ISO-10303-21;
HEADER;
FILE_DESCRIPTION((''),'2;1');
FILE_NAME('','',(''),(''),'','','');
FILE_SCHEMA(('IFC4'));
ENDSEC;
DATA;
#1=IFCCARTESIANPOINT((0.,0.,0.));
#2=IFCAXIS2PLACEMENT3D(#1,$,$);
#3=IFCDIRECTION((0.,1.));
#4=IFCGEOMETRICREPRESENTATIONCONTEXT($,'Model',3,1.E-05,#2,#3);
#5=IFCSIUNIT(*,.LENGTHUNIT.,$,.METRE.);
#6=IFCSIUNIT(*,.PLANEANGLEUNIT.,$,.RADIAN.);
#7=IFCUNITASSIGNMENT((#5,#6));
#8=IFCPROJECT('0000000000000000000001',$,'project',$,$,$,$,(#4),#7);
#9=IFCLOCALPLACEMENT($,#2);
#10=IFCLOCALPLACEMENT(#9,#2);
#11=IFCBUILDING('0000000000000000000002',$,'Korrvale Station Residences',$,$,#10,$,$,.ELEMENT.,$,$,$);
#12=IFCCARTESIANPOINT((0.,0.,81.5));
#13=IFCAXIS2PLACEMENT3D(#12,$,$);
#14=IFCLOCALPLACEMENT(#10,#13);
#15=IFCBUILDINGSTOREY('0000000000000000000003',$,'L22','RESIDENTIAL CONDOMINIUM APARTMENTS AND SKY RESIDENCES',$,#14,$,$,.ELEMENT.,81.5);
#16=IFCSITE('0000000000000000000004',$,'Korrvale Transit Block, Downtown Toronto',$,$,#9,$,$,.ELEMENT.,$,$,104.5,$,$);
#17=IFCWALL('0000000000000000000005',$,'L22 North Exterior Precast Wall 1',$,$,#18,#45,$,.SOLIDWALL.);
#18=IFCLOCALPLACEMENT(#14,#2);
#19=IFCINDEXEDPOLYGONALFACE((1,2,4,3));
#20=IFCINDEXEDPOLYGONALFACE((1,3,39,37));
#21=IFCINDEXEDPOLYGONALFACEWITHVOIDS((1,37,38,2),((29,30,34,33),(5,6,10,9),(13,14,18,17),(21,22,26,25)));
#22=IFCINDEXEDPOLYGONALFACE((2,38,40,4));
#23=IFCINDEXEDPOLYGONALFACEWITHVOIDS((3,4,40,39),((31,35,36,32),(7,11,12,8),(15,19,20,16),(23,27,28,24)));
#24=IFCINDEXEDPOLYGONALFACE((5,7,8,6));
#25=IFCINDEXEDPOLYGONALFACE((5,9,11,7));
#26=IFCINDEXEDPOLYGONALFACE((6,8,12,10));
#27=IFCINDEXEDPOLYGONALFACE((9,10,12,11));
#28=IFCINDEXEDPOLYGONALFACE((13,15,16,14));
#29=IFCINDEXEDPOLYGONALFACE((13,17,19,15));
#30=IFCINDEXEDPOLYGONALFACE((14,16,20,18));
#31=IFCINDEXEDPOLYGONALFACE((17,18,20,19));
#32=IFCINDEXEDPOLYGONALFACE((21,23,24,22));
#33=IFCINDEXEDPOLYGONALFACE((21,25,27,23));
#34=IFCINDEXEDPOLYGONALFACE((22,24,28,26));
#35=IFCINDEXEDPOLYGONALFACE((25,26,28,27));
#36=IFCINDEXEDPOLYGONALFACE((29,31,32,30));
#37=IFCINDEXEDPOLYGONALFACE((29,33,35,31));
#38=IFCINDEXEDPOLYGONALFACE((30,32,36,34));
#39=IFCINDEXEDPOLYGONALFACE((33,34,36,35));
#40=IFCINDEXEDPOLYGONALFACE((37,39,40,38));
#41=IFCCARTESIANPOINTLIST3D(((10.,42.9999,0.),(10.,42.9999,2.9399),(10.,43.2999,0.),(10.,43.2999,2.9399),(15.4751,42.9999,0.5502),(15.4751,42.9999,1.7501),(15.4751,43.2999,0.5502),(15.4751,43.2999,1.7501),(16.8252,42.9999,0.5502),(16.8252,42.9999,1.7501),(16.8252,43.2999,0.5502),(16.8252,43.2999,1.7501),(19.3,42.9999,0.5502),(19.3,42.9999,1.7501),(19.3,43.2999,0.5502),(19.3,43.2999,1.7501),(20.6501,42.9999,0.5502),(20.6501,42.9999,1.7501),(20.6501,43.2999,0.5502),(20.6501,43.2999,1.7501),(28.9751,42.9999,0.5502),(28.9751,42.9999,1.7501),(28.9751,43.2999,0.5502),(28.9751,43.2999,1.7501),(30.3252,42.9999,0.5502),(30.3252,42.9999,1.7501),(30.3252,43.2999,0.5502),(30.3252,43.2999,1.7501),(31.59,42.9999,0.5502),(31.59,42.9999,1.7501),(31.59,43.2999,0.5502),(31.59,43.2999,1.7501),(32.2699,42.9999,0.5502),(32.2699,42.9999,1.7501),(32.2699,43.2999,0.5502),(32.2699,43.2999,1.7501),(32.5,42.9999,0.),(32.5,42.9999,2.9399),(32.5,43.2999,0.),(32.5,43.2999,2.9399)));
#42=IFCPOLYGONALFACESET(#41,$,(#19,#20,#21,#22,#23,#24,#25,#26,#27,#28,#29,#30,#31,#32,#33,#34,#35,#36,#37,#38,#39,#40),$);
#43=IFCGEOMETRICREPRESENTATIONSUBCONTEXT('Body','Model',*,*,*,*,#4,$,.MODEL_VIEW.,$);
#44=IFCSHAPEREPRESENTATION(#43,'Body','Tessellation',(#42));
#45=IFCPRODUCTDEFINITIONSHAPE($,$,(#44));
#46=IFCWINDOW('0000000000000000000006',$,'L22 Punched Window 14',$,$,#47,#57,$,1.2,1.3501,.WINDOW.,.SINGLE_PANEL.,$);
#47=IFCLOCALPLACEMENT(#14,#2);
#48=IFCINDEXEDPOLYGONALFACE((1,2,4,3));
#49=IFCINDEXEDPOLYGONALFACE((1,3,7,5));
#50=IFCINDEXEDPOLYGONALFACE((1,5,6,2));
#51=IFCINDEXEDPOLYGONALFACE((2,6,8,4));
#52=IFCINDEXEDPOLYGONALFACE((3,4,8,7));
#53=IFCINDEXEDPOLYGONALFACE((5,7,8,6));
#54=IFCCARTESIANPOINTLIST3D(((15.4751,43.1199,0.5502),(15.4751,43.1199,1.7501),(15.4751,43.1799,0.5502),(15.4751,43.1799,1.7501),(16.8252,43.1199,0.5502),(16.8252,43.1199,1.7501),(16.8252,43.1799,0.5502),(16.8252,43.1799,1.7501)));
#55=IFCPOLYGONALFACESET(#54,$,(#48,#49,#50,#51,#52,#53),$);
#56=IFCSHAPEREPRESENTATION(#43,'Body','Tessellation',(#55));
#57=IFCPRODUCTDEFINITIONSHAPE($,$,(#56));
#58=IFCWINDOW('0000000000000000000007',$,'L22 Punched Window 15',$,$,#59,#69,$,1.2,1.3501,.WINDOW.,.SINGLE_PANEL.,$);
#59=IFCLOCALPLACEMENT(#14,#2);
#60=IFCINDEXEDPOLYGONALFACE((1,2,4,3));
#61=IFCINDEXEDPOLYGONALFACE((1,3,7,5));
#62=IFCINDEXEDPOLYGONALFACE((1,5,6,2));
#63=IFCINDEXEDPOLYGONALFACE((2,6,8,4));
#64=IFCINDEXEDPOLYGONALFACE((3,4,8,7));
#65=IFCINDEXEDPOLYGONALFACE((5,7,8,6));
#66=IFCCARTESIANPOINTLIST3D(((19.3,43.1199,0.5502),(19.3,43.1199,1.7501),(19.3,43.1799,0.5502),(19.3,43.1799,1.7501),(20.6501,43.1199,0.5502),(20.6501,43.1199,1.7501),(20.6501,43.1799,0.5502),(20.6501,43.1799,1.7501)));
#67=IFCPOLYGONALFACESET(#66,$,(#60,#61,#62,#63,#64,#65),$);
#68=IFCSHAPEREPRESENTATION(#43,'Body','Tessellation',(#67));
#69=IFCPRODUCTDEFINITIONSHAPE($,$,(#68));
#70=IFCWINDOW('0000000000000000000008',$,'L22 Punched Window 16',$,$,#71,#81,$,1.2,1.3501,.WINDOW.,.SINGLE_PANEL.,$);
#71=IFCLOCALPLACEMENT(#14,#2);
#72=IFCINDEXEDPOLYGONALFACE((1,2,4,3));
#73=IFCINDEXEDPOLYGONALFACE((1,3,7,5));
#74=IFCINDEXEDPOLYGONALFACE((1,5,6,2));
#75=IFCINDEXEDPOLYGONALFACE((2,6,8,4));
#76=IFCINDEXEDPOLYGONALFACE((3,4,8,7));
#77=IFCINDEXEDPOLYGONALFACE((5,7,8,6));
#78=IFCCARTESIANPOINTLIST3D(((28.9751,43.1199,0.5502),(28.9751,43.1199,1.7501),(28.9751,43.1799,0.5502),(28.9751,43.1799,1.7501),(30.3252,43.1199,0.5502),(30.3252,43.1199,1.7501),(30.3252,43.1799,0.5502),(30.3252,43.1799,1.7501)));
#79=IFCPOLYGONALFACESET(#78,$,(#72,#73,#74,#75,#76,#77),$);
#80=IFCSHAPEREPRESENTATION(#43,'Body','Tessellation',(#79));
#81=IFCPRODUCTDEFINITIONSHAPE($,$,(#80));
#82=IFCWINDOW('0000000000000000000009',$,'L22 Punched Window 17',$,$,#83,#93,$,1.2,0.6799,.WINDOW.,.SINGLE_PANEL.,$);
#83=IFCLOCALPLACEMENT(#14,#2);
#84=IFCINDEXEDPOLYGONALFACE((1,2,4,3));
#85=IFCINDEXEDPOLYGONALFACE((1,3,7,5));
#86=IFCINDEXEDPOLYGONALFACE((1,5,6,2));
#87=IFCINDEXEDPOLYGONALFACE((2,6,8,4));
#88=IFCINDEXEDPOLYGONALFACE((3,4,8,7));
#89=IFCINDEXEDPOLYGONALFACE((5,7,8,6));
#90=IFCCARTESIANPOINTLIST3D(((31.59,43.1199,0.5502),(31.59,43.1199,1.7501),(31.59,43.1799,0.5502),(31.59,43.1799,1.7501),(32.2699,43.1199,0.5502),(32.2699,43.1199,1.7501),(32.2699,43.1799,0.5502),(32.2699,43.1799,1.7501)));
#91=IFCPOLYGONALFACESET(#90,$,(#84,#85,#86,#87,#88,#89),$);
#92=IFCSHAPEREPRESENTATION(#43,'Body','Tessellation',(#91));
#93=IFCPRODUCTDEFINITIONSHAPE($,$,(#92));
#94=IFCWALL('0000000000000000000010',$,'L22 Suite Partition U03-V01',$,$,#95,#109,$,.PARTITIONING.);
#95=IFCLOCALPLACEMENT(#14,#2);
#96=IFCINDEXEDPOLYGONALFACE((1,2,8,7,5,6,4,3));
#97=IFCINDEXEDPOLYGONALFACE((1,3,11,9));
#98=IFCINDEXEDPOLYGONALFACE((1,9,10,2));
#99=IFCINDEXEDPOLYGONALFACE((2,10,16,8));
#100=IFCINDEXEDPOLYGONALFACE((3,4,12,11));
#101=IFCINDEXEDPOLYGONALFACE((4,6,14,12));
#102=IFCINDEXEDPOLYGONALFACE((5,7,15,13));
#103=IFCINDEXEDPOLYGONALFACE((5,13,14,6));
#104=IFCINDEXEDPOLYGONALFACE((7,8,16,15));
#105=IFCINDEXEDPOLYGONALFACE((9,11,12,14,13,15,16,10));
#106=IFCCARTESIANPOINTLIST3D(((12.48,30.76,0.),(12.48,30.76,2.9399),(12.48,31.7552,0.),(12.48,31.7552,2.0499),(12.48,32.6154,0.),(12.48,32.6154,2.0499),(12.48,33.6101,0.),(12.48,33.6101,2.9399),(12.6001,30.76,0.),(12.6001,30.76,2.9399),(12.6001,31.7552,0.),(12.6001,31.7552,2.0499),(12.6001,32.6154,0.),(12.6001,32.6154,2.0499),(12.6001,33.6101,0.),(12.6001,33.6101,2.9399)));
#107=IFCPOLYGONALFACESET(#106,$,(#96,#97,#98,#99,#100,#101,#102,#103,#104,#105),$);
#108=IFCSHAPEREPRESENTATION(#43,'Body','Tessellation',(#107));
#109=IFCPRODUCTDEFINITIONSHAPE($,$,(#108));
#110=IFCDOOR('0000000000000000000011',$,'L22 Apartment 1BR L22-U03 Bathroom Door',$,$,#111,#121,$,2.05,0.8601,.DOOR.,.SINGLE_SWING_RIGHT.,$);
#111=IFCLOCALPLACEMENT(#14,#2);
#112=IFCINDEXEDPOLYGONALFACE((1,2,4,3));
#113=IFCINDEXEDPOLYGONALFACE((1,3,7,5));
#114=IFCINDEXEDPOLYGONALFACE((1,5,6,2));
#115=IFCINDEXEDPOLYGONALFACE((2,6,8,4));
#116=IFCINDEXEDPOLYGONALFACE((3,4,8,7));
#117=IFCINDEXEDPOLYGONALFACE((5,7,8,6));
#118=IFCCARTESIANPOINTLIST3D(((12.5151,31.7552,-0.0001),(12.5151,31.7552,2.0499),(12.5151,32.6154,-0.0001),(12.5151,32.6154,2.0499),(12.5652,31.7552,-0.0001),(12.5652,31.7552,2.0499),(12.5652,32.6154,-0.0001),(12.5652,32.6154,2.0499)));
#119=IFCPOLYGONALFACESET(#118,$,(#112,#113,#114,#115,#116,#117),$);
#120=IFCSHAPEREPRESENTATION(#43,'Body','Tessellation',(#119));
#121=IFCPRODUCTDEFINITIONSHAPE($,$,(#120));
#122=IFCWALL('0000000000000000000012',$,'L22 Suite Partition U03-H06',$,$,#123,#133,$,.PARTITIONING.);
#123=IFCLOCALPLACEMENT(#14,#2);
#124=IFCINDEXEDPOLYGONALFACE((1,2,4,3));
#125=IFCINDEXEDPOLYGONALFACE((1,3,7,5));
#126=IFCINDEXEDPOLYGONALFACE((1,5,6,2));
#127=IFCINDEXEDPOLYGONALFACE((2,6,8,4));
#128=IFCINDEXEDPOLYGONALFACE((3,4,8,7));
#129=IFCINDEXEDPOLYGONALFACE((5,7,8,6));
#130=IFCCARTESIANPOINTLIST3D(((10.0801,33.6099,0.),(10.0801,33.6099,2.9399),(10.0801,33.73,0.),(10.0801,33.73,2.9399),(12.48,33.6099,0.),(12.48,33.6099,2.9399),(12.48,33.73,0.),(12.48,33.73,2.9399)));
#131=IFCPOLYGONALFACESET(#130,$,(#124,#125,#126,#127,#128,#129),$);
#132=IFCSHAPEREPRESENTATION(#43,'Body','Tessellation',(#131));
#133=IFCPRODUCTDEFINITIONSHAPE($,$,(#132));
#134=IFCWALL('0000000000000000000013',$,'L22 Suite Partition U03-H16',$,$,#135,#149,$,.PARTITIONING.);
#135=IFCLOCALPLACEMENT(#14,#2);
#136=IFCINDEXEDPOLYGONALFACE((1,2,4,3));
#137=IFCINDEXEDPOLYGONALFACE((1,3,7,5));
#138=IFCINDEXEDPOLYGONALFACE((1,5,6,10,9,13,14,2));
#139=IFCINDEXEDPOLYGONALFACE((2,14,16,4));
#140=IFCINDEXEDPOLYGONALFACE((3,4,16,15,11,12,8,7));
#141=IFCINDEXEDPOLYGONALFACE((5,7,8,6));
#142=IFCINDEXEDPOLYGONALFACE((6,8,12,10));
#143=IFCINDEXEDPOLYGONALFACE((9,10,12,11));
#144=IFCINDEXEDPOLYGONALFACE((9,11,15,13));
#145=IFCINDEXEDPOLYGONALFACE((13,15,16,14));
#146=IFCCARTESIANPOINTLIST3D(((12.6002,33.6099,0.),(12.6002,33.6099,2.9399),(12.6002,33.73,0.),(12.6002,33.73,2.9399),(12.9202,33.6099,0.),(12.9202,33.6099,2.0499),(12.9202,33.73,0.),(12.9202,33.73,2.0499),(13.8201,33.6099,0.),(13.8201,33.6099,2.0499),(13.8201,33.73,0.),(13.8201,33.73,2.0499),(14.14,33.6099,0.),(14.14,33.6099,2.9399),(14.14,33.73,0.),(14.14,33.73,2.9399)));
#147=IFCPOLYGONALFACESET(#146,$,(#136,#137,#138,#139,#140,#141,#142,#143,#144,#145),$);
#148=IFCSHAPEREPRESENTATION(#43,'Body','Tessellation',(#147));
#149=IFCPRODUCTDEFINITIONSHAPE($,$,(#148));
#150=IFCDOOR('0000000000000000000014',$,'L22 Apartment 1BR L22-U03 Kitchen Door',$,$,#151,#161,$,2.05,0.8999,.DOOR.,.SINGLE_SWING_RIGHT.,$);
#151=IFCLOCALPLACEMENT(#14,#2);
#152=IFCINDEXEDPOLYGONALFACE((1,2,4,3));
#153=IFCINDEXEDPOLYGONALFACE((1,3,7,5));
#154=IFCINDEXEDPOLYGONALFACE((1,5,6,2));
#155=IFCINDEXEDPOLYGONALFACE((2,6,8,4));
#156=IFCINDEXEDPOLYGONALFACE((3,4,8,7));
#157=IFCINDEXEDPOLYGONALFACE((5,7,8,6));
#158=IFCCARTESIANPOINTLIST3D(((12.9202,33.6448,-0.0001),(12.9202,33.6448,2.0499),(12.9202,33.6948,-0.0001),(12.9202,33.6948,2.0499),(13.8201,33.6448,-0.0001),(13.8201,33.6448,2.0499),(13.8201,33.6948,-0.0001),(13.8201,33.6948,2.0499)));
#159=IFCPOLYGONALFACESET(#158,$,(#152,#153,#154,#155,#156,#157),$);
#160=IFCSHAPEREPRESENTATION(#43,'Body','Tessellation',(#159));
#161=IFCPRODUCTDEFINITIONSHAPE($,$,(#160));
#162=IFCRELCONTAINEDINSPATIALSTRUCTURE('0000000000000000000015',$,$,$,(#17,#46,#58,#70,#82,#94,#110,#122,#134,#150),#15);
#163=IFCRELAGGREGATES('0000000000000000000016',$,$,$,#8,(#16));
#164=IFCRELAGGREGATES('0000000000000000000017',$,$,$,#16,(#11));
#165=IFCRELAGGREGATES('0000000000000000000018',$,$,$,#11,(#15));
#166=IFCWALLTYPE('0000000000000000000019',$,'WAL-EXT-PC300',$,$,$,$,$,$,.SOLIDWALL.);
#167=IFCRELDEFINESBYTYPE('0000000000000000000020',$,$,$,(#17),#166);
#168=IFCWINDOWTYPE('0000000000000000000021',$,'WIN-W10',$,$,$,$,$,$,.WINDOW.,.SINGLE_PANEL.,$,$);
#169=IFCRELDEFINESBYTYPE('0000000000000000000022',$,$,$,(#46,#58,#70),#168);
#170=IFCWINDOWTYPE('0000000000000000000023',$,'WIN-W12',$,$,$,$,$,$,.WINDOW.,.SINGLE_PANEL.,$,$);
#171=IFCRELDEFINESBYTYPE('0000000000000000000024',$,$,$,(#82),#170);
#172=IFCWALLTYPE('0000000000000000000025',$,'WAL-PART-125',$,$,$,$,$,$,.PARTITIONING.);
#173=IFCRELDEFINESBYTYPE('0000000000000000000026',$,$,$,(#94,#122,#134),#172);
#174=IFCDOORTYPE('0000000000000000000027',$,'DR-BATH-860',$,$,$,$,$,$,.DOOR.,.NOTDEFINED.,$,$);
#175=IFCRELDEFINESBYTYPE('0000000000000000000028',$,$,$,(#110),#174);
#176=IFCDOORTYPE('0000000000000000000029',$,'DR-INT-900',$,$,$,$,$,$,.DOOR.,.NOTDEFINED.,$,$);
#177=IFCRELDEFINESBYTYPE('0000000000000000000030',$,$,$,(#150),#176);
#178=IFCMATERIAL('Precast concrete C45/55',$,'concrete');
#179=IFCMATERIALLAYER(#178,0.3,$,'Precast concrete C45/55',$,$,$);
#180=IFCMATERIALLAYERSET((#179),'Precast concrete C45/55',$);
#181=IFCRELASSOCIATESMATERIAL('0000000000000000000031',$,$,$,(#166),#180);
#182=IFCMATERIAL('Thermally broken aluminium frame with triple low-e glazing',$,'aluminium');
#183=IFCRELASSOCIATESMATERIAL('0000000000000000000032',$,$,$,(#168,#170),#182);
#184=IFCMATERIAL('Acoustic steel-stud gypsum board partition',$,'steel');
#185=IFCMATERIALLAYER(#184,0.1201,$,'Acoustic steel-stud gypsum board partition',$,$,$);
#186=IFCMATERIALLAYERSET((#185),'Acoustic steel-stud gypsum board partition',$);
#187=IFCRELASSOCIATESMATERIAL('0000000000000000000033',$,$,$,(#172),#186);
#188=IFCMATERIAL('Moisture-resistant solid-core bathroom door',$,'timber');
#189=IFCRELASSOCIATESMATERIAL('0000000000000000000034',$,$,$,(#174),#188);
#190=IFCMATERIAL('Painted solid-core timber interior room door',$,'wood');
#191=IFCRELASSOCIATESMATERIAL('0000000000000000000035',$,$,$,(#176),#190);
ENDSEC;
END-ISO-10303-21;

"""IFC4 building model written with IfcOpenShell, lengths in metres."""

from ifc_helpers import new_model, si_unit, direction, frame, frame_2d, origin, place, context, subcontext, project, spatial, rectangle, extrude, material, layer, layer_set, type_object, element, fill, save


model = new_model("IFC4")

# Units and contexts
model_context = context("Model", 3, precision=1e-05, world=origin(), true_north=direction((0.0, 1.0)))
body_context = subcontext(model_context, "Body", "Model", "MODEL_VIEW")
ifc_project = project(units=[si_unit("LENGTHUNIT", "METRE"), si_unit("PLANEANGLEUNIT", "RADIAN")], contexts=[model_context])

# Site, building, storey
site_placement = place(None, origin())
site = spatial("IfcSite", under=ifc_project, at=site_placement, Name="Korrvale Transit Block, Downtown Toronto", CompositionType="ELEMENT", RefElevation=104.5)
building_placement = place(site_placement, origin())
building = spatial("IfcBuilding", under=site, at=building_placement, Name="Korrvale Station Residences", CompositionType="ELEMENT")
storey_placement = place(building_placement, frame((0.0, 0.0, 81.5)))
storey = spatial("IfcBuildingStorey", under=building, at=storey_placement, Name="L22", Description="RESIDENTIAL CONDOMINIUM APARTMENTS AND SKY RESIDENCES", CompositionType="ELEMENT", Elevation=81.5)

# Shared definitions
ifc_material_1 = material(Name="Precast concrete C45/55", Category="concrete")

# Wall, openings, windows
ifc_layer_1 = layer(ifc_material_1, 0.3, Name="Precast concrete C45/55")
ifc_layer_set_1 = layer_set([ifc_layer_1], Name="Precast concrete C45/55")
wall_type_1 = type_object("IfcWallType", Name="WAL-EXT-PC300", PredefinedType="SOLIDWALL", material=ifc_layer_set_1)
wall_1_placement = place(storey_placement, frame((10.0, 43.1499, 0.0), z_axis=(0.0, 0.0, 1.0), x_axis=(1.0, 0.0, 0.0)))
wall_1 = element("IfcWall", 1, at=wall_1_placement, inside=storey, type_object=wall_type_1, Name="L22 North Exterior Precast Wall 1", PredefinedType="SOLIDWALL", context=body_context, shape_type="SweptSolid", body=[
    extrude(rectangle(XDim=22.5, YDim=0.3, at=frame_2d((11.25, 0.0))), origin(), (0.0, 0.0, 1.0), 2.9399),
])
opening_1_placement = place(wall_1_placement, frame((5.4751, 0.0, 0.55)))
opening_1 = element("IfcOpeningElement", 2, at=opening_1_placement, cuts=wall_1, PredefinedType="OPENING", context=body_context, shape_type="SweptSolid", body=[
    extrude(rectangle(XDim=1.3501, YDim=1.2, at=frame_2d((0.675, 0.6001))), frame((0.0, 0.1602, 0.0), z_axis=(0.0, -1.0, 0.0), x_axis=(1.0, 0.0, 0.0)), (0.0, 0.0, 1.0), 0.3201),
])
opening_2_placement = place(wall_1_placement, frame((9.3, 0.0, 0.55)))
opening_2 = element("IfcOpeningElement", 3, at=opening_2_placement, cuts=wall_1, PredefinedType="OPENING", context=body_context, shape_type="SweptSolid", body=[
    extrude(rectangle(XDim=1.3501, YDim=1.2, at=frame_2d((0.675, 0.6001))), frame((0.0, 0.1602, 0.0), z_axis=(0.0, -1.0, 0.0), x_axis=(1.0, 0.0, 0.0)), (0.0, 0.0, 1.0), 0.3201),
])
opening_3_placement = place(wall_1_placement, frame((18.9751, 0.0, 0.55)))
opening_3 = element("IfcOpeningElement", 4, at=opening_3_placement, cuts=wall_1, PredefinedType="OPENING", context=body_context, shape_type="SweptSolid", body=[
    extrude(rectangle(XDim=1.3501, YDim=1.2, at=frame_2d((0.675, 0.6001))), frame((0.0, 0.1602, 0.0), z_axis=(0.0, -1.0, 0.0), x_axis=(1.0, 0.0, 0.0)), (0.0, 0.0, 1.0), 0.3201),
])
opening_4_placement = place(wall_1_placement, frame((21.5901, 0.0, 0.55)))
opening_4 = element("IfcOpeningElement", 5, at=opening_4_placement, cuts=wall_1, PredefinedType="OPENING", context=body_context, shape_type="SweptSolid", body=[
    extrude(rectangle(XDim=0.6799, YDim=1.2, at=frame_2d((0.3398, 0.6001))), frame((0.0, 0.1602, 0.0), z_axis=(0.0, -1.0, 0.0), x_axis=(1.0, 0.0, 0.0)), (0.0, 0.0, 1.0), 0.3201),
])
ifc_material_2 = material(Name="Thermally broken aluminium frame with triple low-e glazing", Category="aluminium")
window_type_1 = type_object("IfcWindowType", Name="WIN-W10", PartitioningType="SINGLE_PANEL", PredefinedType="WINDOW", material=ifc_material_2)
window_1_placement = place(opening_1_placement, origin())
window_1 = element("IfcWindow", 6, at=window_1_placement, inside=storey, type_object=window_type_1, Name="L22 Punched Window 14", OverallHeight=1.2, OverallWidth=1.3501, PartitioningType="SINGLE_PANEL", PredefinedType="WINDOW", context=body_context, shape_type="SweptSolid", body=[
    extrude(rectangle(XDim=1.3501, YDim=1.2, at=frame_2d((0.675, 0.6001))), frame((0.0, 0.03, 0.0), z_axis=(0.0, -1.0, 0.0), x_axis=(1.0, 0.0, 0.0)), (0.0, 0.0, 1.0), 0.0601),
])
fill(opening_1, window_1)
window_2_placement = place(opening_2_placement, origin())
window_2 = element("IfcWindow", 7, at=window_2_placement, inside=storey, type_object=window_type_1, Name="L22 Punched Window 15", OverallHeight=1.2, OverallWidth=1.3501, PartitioningType="SINGLE_PANEL", PredefinedType="WINDOW", context=body_context, shape_type="SweptSolid", body=[
    extrude(rectangle(XDim=1.3501, YDim=1.2, at=frame_2d((0.675, 0.6001))), frame((0.0, 0.03, 0.0), z_axis=(0.0, -1.0, 0.0), x_axis=(1.0, 0.0, 0.0)), (0.0, 0.0, 1.0), 0.0601),
])
fill(opening_2, window_2)
window_3_placement = place(opening_3_placement, origin())
window_3 = element("IfcWindow", 8, at=window_3_placement, inside=storey, type_object=window_type_1, Name="L22 Punched Window 16", OverallHeight=1.2, OverallWidth=1.3501, PartitioningType="SINGLE_PANEL", PredefinedType="WINDOW", context=body_context, shape_type="SweptSolid", body=[
    extrude(rectangle(XDim=1.3501, YDim=1.2, at=frame_2d((0.675, 0.6001))), frame((0.0, 0.03, 0.0), z_axis=(0.0, -1.0, 0.0), x_axis=(1.0, 0.0, 0.0)), (0.0, 0.0, 1.0), 0.0601),
])
fill(opening_3, window_3)
window_type_2 = type_object("IfcWindowType", Name="WIN-W12", PartitioningType="SINGLE_PANEL", PredefinedType="WINDOW", material=ifc_material_2)
window_4_placement = place(opening_4_placement, origin())
window_4 = element("IfcWindow", 9, at=window_4_placement, inside=storey, type_object=window_type_2, Name="L22 Punched Window 17", OverallHeight=1.2, OverallWidth=0.6799, PartitioningType="SINGLE_PANEL", PredefinedType="WINDOW", context=body_context, shape_type="SweptSolid", body=[
    extrude(rectangle(XDim=0.6799, YDim=1.2, at=frame_2d((0.3398, 0.6001))), frame((0.0, 0.03, 0.0), z_axis=(0.0, -1.0, 0.0), x_axis=(1.0, 0.0, 0.0)), (0.0, 0.0, 1.0), 0.0601),
])
fill(opening_4, window_4)

# Wall, opening, door
ifc_material_3 = material(Name="Acoustic steel-stud gypsum board partition", Category="steel")
ifc_layer_2 = layer(ifc_material_3, 0.1201, Name="Acoustic steel-stud gypsum board partition")
ifc_layer_set_2 = layer_set([ifc_layer_2], Name="Acoustic steel-stud gypsum board partition")
wall_type_2 = type_object("IfcWallType", Name="WAL-PART-125", PredefinedType="PARTITIONING", material=ifc_layer_set_2)
wall_2_placement = place(storey_placement, frame((12.54, 30.76, 0.0), z_axis=(0.0, 0.0, 1.0), x_axis=(0.0, 1.0, 0.0)))
wall_2 = element("IfcWall", 10, at=wall_2_placement, inside=storey, type_object=wall_type_2, Name="L22 Suite Partition U03-V01", PredefinedType="PARTITIONING", context=body_context, shape_type="SweptSolid", body=[
    extrude(rectangle(XDim=2.8501, YDim=0.1201, at=frame_2d((1.425, 0.0))), origin(), (0.0, 0.0, 1.0), 2.9399),
])
opening_5_placement = place(wall_2_placement, frame((0.9951, 0.0, 0.0)))
opening_5 = element("IfcOpeningElement", 11, at=opening_5_placement, cuts=wall_2, PredefinedType="OPENING", context=body_context, shape_type="SweptSolid", body=[
    extrude(rectangle(XDim=0.8601, YDim=2.05, at=frame_2d((0.4302, 1.0249))), frame((0.0, 0.0701, 0.0), z_axis=(0.0, -1.0, 0.0), x_axis=(1.0, 0.0, 0.0)), (0.0, 0.0, 1.0), 0.1401),
])
ifc_material_4 = material(Name="Moisture-resistant solid-core bathroom door", Category="timber")
door_type_1 = type_object("IfcDoorType", Name="DR-BATH-860", OperationType="NOTDEFINED", PredefinedType="DOOR", material=ifc_material_4)
door_1_placement = place(opening_5_placement, origin())
door_1 = element("IfcDoor", 12, at=door_1_placement, inside=storey, type_object=door_type_1, Name="L22 Apartment 1BR L22-U03 Bathroom Door", OperationType="SINGLE_SWING_RIGHT", OverallHeight=2.05, OverallWidth=0.8601, PredefinedType="DOOR", context=body_context, shape_type="SweptSolid", body=[
    extrude(rectangle(XDim=0.8601, YDim=2.05, at=frame_2d((0.4302, 1.0249))), frame((0.0, 0.0249, 0.0), z_axis=(0.0, -1.0, 0.0), x_axis=(1.0, 0.0, 0.0)), (0.0, 0.0, 1.0), 0.05),
])
fill(opening_5, door_1)

# Wall
wall_3_placement = place(storey_placement, frame((10.0801, 33.6699, 0.0), z_axis=(0.0, 0.0, 1.0), x_axis=(1.0, 0.0, 0.0)))
element("IfcWall", 13, at=wall_3_placement, inside=storey, type_object=wall_type_2, Name="L22 Suite Partition U03-H06", PredefinedType="PARTITIONING", context=body_context, shape_type="SweptSolid", body=[
    extrude(rectangle(XDim=2.3999, YDim=0.1201, at=frame_2d((1.2, 0.0))), origin(), (0.0, 0.0, 1.0), 2.9399),
])

# Wall, opening, door
wall_4_placement = place(storey_placement, frame((12.6001, 33.6699, 0.0), z_axis=(0.0, 0.0, 1.0), x_axis=(1.0, 0.0, 0.0)))
wall_4 = element("IfcWall", 14, at=wall_4_placement, inside=storey, type_object=wall_type_2, Name="L22 Suite Partition U03-H16", PredefinedType="PARTITIONING", context=body_context, shape_type="SweptSolid", body=[
    extrude(rectangle(XDim=1.5398, YDim=0.1201, at=frame_2d((0.77, 0.0))), origin(), (0.0, 0.0, 1.0), 2.9399),
])
opening_6_placement = place(wall_4_placement, frame((0.3201, 0.0, 0.0)))
opening_6 = element("IfcOpeningElement", 15, at=opening_6_placement, cuts=wall_4, PredefinedType="OPENING", context=body_context, shape_type="SweptSolid", body=[
    extrude(rectangle(XDim=0.8999, YDim=2.05, at=frame_2d((0.45, 1.0249))), frame((0.0, 0.0701, 0.0), z_axis=(0.0, -1.0, 0.0), x_axis=(1.0, 0.0, 0.0)), (0.0, 0.0, 1.0), 0.1401),
])
ifc_material_5 = material(Name="Painted solid-core timber interior room door", Category="wood")
door_type_2 = type_object("IfcDoorType", Name="DR-INT-900", OperationType="NOTDEFINED", PredefinedType="DOOR", material=ifc_material_5)
door_2_placement = place(opening_6_placement, origin())
door_2 = element("IfcDoor", 16, at=door_2_placement, inside=storey, type_object=door_type_2, Name="L22 Apartment 1BR L22-U03 Kitchen Door", OperationType="SINGLE_SWING_RIGHT", OverallHeight=2.05, OverallWidth=0.8999, PredefinedType="DOOR", context=body_context, shape_type="SweptSolid", body=[
    extrude(rectangle(XDim=0.8999, YDim=2.05, at=frame_2d((0.45, 1.0249))), frame((0.0, 0.0249, 0.0), z_axis=(0.0, -1.0, 0.0), x_axis=(1.0, 0.0, 0.0)), (0.0, 0.0, 1.0), 0.05),
])
fill(opening_6, door_2)

save(model, "model.ifc")
